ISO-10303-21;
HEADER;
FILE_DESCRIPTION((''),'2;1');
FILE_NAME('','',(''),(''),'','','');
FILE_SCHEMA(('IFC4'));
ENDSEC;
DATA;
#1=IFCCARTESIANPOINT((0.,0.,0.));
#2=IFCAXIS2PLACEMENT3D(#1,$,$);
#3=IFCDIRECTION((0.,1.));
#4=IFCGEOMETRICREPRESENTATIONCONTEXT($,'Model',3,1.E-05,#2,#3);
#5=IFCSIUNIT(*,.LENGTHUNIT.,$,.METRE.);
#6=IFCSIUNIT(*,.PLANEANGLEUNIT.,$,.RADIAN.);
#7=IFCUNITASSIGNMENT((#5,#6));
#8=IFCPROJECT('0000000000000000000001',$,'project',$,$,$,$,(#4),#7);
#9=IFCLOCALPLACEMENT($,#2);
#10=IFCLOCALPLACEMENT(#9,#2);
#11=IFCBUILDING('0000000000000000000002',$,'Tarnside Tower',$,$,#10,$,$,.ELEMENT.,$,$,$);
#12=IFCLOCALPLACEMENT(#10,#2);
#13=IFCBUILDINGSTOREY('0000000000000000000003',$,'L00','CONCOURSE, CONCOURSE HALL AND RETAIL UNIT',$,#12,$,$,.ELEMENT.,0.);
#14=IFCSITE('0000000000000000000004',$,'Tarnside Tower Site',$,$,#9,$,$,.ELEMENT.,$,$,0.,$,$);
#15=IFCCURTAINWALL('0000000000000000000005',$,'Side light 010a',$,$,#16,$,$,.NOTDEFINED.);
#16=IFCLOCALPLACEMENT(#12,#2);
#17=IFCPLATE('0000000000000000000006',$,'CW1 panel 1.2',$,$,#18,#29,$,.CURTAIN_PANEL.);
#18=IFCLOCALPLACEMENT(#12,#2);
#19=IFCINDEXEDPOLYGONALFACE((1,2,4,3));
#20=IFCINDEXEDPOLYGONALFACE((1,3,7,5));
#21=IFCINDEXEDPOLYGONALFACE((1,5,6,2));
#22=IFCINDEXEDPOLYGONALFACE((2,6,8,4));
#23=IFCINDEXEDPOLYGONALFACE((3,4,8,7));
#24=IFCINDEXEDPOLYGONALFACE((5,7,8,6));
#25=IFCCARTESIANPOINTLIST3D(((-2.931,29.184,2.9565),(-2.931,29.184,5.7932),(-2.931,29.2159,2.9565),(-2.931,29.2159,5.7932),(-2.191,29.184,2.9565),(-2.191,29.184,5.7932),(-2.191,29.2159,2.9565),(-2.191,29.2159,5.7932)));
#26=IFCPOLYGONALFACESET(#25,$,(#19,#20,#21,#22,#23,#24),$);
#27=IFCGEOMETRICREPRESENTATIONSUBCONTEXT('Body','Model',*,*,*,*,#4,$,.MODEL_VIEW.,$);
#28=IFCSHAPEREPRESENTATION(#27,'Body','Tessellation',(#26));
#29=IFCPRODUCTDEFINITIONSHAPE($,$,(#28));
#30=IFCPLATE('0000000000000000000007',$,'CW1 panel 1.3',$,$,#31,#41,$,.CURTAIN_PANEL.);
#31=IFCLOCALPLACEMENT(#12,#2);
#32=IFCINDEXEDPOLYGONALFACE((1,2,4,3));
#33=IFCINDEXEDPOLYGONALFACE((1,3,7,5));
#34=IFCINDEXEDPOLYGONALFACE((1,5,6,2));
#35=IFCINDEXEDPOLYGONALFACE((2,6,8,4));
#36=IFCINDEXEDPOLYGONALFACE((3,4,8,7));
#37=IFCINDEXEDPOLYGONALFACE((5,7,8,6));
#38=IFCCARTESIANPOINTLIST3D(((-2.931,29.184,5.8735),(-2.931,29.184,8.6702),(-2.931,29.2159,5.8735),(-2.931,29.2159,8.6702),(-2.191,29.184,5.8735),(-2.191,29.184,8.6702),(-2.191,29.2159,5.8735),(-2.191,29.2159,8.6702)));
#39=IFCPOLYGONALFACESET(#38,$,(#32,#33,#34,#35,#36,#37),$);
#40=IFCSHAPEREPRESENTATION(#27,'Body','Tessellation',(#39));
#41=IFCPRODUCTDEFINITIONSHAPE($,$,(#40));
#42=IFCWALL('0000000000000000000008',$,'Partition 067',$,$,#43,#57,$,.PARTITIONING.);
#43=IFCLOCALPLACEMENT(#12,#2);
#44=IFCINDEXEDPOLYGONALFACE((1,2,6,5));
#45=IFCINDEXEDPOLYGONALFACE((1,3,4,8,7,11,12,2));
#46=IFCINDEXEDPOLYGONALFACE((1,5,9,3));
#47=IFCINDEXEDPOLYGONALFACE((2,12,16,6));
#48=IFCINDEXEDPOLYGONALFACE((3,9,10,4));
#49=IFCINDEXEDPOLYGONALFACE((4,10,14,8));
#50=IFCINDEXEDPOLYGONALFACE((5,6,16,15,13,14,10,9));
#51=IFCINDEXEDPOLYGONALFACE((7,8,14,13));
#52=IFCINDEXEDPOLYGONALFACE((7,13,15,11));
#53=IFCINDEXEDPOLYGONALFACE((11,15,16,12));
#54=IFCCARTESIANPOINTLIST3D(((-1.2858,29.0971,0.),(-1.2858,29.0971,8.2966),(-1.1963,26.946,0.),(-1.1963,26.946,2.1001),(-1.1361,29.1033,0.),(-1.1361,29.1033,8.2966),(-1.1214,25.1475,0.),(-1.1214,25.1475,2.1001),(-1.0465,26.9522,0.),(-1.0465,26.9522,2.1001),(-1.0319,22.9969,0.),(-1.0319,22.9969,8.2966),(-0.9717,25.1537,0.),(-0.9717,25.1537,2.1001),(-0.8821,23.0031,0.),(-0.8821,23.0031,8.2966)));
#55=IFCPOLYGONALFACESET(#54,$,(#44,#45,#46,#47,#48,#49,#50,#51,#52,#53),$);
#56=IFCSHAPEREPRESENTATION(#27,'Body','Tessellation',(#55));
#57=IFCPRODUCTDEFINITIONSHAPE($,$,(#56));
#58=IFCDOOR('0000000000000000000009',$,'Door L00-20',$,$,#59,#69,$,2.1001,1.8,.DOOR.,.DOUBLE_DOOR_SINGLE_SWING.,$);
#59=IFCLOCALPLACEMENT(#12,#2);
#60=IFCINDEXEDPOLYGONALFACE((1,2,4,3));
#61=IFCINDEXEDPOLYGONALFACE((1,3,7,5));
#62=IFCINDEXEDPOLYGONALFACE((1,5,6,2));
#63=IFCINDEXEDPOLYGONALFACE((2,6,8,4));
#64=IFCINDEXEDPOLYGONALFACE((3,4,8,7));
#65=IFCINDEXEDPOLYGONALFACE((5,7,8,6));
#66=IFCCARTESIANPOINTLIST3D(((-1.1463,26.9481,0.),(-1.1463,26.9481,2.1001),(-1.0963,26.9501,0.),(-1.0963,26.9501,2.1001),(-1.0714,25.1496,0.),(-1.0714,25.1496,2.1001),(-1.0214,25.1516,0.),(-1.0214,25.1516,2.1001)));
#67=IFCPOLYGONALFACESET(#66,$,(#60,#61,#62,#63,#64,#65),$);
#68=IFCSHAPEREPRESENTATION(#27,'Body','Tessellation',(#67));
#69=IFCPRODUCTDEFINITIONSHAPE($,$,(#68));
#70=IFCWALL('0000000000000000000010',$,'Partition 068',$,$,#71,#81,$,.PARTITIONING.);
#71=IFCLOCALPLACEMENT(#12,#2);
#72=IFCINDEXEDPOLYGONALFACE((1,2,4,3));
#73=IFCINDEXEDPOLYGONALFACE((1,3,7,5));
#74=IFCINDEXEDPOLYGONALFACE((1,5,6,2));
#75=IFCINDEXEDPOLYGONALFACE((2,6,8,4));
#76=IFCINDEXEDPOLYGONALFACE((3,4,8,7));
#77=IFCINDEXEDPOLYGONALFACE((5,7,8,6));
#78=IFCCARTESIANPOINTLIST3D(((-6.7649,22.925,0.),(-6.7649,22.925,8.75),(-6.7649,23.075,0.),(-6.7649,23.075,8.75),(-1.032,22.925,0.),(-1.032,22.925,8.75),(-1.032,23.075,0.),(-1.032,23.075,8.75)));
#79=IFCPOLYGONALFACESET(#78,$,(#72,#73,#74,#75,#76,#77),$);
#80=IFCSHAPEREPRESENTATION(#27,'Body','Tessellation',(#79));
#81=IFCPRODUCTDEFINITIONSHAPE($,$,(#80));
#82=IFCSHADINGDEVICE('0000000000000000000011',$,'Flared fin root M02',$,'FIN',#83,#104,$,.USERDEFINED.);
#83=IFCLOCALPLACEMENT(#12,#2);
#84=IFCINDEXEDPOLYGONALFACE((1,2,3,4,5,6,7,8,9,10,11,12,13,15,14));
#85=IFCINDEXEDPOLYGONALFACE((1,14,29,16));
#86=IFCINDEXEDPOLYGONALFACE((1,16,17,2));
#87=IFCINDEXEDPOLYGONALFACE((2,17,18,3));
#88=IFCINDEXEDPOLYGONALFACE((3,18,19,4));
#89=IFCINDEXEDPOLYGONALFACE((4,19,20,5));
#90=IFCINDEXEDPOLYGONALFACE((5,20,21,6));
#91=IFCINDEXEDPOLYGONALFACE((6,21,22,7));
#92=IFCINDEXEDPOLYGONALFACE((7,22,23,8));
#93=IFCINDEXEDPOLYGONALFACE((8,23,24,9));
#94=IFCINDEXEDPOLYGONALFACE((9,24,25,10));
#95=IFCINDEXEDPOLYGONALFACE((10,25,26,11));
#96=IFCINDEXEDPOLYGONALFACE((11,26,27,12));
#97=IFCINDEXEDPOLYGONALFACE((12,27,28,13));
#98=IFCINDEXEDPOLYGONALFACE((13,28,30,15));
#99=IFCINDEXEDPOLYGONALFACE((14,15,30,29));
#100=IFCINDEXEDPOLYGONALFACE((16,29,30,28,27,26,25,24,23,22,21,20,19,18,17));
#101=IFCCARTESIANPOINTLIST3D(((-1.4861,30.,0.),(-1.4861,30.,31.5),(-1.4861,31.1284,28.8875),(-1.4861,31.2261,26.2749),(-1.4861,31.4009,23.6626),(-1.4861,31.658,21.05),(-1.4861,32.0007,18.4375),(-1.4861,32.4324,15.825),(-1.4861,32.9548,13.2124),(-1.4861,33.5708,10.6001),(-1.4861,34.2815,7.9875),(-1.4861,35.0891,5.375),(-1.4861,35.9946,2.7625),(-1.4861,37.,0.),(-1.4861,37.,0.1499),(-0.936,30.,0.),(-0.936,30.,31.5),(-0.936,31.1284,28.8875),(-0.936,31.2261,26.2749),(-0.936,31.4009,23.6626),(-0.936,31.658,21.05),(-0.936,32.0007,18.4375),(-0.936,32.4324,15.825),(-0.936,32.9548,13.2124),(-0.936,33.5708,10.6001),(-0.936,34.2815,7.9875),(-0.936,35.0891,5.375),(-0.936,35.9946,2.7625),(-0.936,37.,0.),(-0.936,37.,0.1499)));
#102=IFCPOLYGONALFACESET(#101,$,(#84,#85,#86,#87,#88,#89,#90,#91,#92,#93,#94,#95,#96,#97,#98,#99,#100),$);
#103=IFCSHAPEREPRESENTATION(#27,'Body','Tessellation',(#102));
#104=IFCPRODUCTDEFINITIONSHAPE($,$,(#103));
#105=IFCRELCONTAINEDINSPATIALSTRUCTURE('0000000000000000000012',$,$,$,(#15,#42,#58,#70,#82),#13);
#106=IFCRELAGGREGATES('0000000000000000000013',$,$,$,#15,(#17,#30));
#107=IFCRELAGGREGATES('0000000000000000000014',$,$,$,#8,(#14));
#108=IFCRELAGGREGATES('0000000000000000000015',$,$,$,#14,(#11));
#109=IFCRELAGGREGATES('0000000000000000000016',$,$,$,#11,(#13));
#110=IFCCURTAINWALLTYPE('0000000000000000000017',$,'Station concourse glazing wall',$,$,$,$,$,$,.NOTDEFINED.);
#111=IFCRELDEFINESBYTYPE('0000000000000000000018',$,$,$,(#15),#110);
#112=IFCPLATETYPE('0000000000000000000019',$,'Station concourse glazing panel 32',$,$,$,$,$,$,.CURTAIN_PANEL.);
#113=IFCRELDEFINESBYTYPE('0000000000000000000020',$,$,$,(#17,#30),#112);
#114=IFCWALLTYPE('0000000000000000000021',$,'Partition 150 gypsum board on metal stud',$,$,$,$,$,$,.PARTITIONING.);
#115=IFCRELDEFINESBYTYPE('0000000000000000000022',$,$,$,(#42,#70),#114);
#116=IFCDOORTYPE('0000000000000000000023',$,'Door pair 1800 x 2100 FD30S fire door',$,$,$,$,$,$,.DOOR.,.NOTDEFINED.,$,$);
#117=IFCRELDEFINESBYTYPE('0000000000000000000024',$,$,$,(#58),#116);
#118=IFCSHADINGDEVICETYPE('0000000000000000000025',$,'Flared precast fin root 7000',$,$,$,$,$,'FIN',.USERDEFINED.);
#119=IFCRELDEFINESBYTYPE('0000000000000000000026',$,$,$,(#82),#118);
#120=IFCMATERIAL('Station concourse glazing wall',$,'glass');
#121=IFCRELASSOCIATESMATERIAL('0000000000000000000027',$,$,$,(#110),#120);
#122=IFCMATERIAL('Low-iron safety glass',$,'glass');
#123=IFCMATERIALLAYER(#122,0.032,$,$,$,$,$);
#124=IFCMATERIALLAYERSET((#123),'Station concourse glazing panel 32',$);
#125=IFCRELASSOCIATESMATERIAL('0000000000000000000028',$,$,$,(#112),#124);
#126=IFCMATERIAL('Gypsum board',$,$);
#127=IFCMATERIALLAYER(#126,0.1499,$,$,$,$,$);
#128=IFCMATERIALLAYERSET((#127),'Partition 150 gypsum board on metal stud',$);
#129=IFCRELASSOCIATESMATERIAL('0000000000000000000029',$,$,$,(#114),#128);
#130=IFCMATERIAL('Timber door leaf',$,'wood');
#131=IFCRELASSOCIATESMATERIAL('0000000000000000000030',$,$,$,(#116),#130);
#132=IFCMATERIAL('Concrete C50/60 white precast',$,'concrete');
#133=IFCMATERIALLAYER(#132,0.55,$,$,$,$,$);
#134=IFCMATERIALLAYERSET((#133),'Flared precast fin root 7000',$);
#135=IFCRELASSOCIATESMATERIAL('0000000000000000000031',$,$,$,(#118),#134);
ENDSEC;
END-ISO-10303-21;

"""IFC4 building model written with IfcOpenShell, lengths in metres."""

from ifc_helpers import new_model, si_unit, direction, frame, frame_2d, origin, origin_2d, place, context, subcontext, project, spatial, polyline, rectangle, outline, extrude, material, layer, layer_set, type_object, element, fill, aggregate, save


model = new_model("IFC4")

# Units and contexts
model_context = context("Model", 3, precision=1e-05, world=origin(), true_north=direction((0.0, 1.0)))
body_context = subcontext(model_context, "Body", "Model", "MODEL_VIEW")
ifc_project = project(units=[si_unit("LENGTHUNIT", "METRE"), si_unit("PLANEANGLEUNIT", "RADIAN")], contexts=[model_context])

# Site, building, storey
site_placement = place(None, origin())
site = spatial("IfcSite", under=ifc_project, at=site_placement, Name="Tarnside Tower Site", CompositionType="ELEMENT", RefElevation=0.0)
building_placement = place(site_placement, origin())
building = spatial("IfcBuilding", under=site, at=building_placement, Name="Tarnside Tower", CompositionType="ELEMENT")
storey_placement = place(building_placement, origin())
storey = spatial("IfcBuildingStorey", under=building, at=storey_placement, Name="L00", Description="CONCOURSE, CONCOURSE HALL AND RETAIL UNIT", CompositionType="ELEMENT", Elevation=0.0)

# Shared definitions
ifc_material_1 = material(Name="Station concourse glazing wall", Category="glass")
curtain_wall_type = type_object("IfcCurtainWallType", Name="Station concourse glazing wall", PredefinedType="NOTDEFINED", material=ifc_material_1)

# Curtain wall
curtain_wall_1_placement = place(storey_placement, origin())
curtain_wall_1 = element("IfcCurtainWall", 1, at=curtain_wall_1_placement, inside=storey, type_object=curtain_wall_type, Name="Side light 010a", PredefinedType="NOTDEFINED")

# Plates
ifc_material_2 = material(Name="Low-iron safety glass", Category="glass")
ifc_layer_1 = layer(ifc_material_2, 0.032)
ifc_layer_set_1 = layer_set([ifc_layer_1], Name="Station concourse glazing panel 32")
plate_type = type_object("IfcPlateType", Name="Station concourse glazing panel 32", PredefinedType="CURTAIN_PANEL", material=ifc_layer_set_1)
plate_1_placement = place(storey_placement, frame((-2.561, 29.2, 2.9565), z_axis=(0.0, 0.0, 1.0), x_axis=(-1.0, 0.0, 0.0)))
plate_1 = element("IfcPlate", 2, at=plate_1_placement, type_object=plate_type, Name="CW1 panel 1.2", PredefinedType="CURTAIN_PANEL", context=body_context, shape_type="SweptSolid", body=[
    extrude(rectangle(XDim=0.74, YDim=0.032, at=origin_2d()), origin(), (0.0, 0.0, 1.0), 2.8367),
])
plate_2_placement = place(storey_placement, frame((-2.561, 29.2, 5.8735), z_axis=(0.0, 0.0, 1.0), x_axis=(-1.0, 0.0, 0.0)))
plate_2 = element("IfcPlate", 3, at=plate_2_placement, type_object=plate_type, Name="CW1 panel 1.3", PredefinedType="CURTAIN_PANEL", context=body_context, shape_type="SweptSolid", body=[
    extrude(rectangle(XDim=0.74, YDim=0.032, at=origin_2d()), origin(), (0.0, 0.0, 1.0), 2.7966),
])
aggregate(curtain_wall_1, [plate_1, plate_2])

# Wall, opening, door
ifc_material_3 = material(Name="Gypsum board")
ifc_layer_2 = layer(ifc_material_3, 0.1499)
ifc_layer_set_2 = layer_set([ifc_layer_2], Name="Partition 150 gypsum board on metal stud")
wall_type = type_object("IfcWallType", Name="Partition 150 gypsum board on metal stud", PredefinedType="PARTITIONING", material=ifc_layer_set_2)
wall_1_placement = place(storey_placement, frame((-0.957, 23.0, 0.0), z_axis=(0.0, 0.0, 1.0), x_axis=(-0.041587, 0.999135, 0.0)))
wall_1 = element("IfcWall", 4, at=wall_1_placement, inside=storey, type_object=wall_type, Name="Partition 067", PredefinedType="PARTITIONING", context=body_context, shape_type="SweptSolid", body=[
    extrude(rectangle(XDim=6.1055, YDim=0.1499, at=frame_2d((3.0527, 0.0))), origin(), (0.0, 0.0, 1.0), 8.2966),
])
opening_placement = place(wall_1_placement, frame((2.1526, 0.0, 0.0)))
opening = element("IfcOpeningElement", 5, at=opening_placement, cuts=wall_1, PredefinedType="OPENING", context=body_context, shape_type="SweptSolid", body=[
    extrude(rectangle(XDim=1.8, YDim=2.1001, at=frame_2d((0.8999, 1.05))), frame((0.0, 0.085, 0.0), z_axis=(0.0, -1.0, 0.0), x_axis=(1.0, 0.0, 0.0)), (0.0, 0.0, 1.0), 0.1699),
])
ifc_material_4 = material(Name="Timber door leaf", Category="wood")
door_type = type_object("IfcDoorType", Name="Door pair 1800 x 2100 FD30S fire door", OperationType="NOTDEFINED", PredefinedType="DOOR", material=ifc_material_4)
door_placement = place(opening_placement, origin())
door = element("IfcDoor", 6, at=door_placement, inside=storey, type_object=door_type, Name="Door L00-20", OperationType="DOUBLE_DOOR_SINGLE_SWING", OverallHeight=2.1001, OverallWidth=1.8, PredefinedType="DOOR", context=body_context, shape_type="SweptSolid", body=[
    extrude(rectangle(XDim=1.8, YDim=2.1001, at=frame_2d((0.8999, 1.05))), frame((0.0, 0.0249, 0.0), z_axis=(0.0, -1.0, 0.0), x_axis=(1.0, 0.0, 0.0)), (0.0, 0.0, 1.0), 0.05),
])
fill(opening, door)

# Wall
wall_2_placement = place(storey_placement, frame((-1.032, 23.0, 0.0), z_axis=(0.0, 0.0, 1.0), x_axis=(-1.0, 0.0, 0.0)))
element("IfcWall", 7, at=wall_2_placement, inside=storey, type_object=wall_type, Name="Partition 068", PredefinedType="PARTITIONING", context=body_context, shape_type="SweptSolid", body=[
    extrude(rectangle(XDim=5.7329, YDim=0.1499, at=frame_2d((2.8665, 0.0))), origin(), (0.0, 0.0, 1.0), 8.75),
])

# Shading device
ifc_material_5 = material(Name="Concrete C50/60 white precast", Category="concrete")
ifc_layer_3 = layer(ifc_material_5, 0.55)
ifc_layer_set_3 = layer_set([ifc_layer_3], Name="Flared precast fin root 7000")
shading_device_type = type_object("IfcShadingDeviceType", Name="Flared precast fin root 7000", ElementType="FIN", PredefinedType="USERDEFINED", material=ifc_layer_set_3)
shading_device_placement = place(storey_placement, frame((-1.2112, 30.0, 0.0), z_axis=(1.0, 0.0, 0.0), x_axis=(0.0, 1.0, 0.0)))
element("IfcShadingDevice", 8, at=shading_device_placement, inside=storey, type_object=shading_device_type, Name="Flared fin root M02", ObjectType="FIN", PredefinedType="USERDEFINED", context=body_context, shape_type="SweptSolid", body=[
    extrude(outline(polyline([(0.0, 0.0), (7.0, 0.0), (7.0, 0.1499), (5.9946, 2.7625), (5.0891, 5.375), (4.2815, 7.9875), (3.5708, 10.6001), (2.9548, 13.2124), (2.4324, 15.825), (2.0007, 18.4375), (1.658, 21.05), (1.4009, 23.6626), (1.2261, 26.2749), (1.1284, 28.8875), (0.0, 31.5), (0.0, 0.0)])), frame((0.0, 0.0, -0.2749)), (0.0, 0.0, 1.0), 0.55),
])

save(model, "model.ifc")
